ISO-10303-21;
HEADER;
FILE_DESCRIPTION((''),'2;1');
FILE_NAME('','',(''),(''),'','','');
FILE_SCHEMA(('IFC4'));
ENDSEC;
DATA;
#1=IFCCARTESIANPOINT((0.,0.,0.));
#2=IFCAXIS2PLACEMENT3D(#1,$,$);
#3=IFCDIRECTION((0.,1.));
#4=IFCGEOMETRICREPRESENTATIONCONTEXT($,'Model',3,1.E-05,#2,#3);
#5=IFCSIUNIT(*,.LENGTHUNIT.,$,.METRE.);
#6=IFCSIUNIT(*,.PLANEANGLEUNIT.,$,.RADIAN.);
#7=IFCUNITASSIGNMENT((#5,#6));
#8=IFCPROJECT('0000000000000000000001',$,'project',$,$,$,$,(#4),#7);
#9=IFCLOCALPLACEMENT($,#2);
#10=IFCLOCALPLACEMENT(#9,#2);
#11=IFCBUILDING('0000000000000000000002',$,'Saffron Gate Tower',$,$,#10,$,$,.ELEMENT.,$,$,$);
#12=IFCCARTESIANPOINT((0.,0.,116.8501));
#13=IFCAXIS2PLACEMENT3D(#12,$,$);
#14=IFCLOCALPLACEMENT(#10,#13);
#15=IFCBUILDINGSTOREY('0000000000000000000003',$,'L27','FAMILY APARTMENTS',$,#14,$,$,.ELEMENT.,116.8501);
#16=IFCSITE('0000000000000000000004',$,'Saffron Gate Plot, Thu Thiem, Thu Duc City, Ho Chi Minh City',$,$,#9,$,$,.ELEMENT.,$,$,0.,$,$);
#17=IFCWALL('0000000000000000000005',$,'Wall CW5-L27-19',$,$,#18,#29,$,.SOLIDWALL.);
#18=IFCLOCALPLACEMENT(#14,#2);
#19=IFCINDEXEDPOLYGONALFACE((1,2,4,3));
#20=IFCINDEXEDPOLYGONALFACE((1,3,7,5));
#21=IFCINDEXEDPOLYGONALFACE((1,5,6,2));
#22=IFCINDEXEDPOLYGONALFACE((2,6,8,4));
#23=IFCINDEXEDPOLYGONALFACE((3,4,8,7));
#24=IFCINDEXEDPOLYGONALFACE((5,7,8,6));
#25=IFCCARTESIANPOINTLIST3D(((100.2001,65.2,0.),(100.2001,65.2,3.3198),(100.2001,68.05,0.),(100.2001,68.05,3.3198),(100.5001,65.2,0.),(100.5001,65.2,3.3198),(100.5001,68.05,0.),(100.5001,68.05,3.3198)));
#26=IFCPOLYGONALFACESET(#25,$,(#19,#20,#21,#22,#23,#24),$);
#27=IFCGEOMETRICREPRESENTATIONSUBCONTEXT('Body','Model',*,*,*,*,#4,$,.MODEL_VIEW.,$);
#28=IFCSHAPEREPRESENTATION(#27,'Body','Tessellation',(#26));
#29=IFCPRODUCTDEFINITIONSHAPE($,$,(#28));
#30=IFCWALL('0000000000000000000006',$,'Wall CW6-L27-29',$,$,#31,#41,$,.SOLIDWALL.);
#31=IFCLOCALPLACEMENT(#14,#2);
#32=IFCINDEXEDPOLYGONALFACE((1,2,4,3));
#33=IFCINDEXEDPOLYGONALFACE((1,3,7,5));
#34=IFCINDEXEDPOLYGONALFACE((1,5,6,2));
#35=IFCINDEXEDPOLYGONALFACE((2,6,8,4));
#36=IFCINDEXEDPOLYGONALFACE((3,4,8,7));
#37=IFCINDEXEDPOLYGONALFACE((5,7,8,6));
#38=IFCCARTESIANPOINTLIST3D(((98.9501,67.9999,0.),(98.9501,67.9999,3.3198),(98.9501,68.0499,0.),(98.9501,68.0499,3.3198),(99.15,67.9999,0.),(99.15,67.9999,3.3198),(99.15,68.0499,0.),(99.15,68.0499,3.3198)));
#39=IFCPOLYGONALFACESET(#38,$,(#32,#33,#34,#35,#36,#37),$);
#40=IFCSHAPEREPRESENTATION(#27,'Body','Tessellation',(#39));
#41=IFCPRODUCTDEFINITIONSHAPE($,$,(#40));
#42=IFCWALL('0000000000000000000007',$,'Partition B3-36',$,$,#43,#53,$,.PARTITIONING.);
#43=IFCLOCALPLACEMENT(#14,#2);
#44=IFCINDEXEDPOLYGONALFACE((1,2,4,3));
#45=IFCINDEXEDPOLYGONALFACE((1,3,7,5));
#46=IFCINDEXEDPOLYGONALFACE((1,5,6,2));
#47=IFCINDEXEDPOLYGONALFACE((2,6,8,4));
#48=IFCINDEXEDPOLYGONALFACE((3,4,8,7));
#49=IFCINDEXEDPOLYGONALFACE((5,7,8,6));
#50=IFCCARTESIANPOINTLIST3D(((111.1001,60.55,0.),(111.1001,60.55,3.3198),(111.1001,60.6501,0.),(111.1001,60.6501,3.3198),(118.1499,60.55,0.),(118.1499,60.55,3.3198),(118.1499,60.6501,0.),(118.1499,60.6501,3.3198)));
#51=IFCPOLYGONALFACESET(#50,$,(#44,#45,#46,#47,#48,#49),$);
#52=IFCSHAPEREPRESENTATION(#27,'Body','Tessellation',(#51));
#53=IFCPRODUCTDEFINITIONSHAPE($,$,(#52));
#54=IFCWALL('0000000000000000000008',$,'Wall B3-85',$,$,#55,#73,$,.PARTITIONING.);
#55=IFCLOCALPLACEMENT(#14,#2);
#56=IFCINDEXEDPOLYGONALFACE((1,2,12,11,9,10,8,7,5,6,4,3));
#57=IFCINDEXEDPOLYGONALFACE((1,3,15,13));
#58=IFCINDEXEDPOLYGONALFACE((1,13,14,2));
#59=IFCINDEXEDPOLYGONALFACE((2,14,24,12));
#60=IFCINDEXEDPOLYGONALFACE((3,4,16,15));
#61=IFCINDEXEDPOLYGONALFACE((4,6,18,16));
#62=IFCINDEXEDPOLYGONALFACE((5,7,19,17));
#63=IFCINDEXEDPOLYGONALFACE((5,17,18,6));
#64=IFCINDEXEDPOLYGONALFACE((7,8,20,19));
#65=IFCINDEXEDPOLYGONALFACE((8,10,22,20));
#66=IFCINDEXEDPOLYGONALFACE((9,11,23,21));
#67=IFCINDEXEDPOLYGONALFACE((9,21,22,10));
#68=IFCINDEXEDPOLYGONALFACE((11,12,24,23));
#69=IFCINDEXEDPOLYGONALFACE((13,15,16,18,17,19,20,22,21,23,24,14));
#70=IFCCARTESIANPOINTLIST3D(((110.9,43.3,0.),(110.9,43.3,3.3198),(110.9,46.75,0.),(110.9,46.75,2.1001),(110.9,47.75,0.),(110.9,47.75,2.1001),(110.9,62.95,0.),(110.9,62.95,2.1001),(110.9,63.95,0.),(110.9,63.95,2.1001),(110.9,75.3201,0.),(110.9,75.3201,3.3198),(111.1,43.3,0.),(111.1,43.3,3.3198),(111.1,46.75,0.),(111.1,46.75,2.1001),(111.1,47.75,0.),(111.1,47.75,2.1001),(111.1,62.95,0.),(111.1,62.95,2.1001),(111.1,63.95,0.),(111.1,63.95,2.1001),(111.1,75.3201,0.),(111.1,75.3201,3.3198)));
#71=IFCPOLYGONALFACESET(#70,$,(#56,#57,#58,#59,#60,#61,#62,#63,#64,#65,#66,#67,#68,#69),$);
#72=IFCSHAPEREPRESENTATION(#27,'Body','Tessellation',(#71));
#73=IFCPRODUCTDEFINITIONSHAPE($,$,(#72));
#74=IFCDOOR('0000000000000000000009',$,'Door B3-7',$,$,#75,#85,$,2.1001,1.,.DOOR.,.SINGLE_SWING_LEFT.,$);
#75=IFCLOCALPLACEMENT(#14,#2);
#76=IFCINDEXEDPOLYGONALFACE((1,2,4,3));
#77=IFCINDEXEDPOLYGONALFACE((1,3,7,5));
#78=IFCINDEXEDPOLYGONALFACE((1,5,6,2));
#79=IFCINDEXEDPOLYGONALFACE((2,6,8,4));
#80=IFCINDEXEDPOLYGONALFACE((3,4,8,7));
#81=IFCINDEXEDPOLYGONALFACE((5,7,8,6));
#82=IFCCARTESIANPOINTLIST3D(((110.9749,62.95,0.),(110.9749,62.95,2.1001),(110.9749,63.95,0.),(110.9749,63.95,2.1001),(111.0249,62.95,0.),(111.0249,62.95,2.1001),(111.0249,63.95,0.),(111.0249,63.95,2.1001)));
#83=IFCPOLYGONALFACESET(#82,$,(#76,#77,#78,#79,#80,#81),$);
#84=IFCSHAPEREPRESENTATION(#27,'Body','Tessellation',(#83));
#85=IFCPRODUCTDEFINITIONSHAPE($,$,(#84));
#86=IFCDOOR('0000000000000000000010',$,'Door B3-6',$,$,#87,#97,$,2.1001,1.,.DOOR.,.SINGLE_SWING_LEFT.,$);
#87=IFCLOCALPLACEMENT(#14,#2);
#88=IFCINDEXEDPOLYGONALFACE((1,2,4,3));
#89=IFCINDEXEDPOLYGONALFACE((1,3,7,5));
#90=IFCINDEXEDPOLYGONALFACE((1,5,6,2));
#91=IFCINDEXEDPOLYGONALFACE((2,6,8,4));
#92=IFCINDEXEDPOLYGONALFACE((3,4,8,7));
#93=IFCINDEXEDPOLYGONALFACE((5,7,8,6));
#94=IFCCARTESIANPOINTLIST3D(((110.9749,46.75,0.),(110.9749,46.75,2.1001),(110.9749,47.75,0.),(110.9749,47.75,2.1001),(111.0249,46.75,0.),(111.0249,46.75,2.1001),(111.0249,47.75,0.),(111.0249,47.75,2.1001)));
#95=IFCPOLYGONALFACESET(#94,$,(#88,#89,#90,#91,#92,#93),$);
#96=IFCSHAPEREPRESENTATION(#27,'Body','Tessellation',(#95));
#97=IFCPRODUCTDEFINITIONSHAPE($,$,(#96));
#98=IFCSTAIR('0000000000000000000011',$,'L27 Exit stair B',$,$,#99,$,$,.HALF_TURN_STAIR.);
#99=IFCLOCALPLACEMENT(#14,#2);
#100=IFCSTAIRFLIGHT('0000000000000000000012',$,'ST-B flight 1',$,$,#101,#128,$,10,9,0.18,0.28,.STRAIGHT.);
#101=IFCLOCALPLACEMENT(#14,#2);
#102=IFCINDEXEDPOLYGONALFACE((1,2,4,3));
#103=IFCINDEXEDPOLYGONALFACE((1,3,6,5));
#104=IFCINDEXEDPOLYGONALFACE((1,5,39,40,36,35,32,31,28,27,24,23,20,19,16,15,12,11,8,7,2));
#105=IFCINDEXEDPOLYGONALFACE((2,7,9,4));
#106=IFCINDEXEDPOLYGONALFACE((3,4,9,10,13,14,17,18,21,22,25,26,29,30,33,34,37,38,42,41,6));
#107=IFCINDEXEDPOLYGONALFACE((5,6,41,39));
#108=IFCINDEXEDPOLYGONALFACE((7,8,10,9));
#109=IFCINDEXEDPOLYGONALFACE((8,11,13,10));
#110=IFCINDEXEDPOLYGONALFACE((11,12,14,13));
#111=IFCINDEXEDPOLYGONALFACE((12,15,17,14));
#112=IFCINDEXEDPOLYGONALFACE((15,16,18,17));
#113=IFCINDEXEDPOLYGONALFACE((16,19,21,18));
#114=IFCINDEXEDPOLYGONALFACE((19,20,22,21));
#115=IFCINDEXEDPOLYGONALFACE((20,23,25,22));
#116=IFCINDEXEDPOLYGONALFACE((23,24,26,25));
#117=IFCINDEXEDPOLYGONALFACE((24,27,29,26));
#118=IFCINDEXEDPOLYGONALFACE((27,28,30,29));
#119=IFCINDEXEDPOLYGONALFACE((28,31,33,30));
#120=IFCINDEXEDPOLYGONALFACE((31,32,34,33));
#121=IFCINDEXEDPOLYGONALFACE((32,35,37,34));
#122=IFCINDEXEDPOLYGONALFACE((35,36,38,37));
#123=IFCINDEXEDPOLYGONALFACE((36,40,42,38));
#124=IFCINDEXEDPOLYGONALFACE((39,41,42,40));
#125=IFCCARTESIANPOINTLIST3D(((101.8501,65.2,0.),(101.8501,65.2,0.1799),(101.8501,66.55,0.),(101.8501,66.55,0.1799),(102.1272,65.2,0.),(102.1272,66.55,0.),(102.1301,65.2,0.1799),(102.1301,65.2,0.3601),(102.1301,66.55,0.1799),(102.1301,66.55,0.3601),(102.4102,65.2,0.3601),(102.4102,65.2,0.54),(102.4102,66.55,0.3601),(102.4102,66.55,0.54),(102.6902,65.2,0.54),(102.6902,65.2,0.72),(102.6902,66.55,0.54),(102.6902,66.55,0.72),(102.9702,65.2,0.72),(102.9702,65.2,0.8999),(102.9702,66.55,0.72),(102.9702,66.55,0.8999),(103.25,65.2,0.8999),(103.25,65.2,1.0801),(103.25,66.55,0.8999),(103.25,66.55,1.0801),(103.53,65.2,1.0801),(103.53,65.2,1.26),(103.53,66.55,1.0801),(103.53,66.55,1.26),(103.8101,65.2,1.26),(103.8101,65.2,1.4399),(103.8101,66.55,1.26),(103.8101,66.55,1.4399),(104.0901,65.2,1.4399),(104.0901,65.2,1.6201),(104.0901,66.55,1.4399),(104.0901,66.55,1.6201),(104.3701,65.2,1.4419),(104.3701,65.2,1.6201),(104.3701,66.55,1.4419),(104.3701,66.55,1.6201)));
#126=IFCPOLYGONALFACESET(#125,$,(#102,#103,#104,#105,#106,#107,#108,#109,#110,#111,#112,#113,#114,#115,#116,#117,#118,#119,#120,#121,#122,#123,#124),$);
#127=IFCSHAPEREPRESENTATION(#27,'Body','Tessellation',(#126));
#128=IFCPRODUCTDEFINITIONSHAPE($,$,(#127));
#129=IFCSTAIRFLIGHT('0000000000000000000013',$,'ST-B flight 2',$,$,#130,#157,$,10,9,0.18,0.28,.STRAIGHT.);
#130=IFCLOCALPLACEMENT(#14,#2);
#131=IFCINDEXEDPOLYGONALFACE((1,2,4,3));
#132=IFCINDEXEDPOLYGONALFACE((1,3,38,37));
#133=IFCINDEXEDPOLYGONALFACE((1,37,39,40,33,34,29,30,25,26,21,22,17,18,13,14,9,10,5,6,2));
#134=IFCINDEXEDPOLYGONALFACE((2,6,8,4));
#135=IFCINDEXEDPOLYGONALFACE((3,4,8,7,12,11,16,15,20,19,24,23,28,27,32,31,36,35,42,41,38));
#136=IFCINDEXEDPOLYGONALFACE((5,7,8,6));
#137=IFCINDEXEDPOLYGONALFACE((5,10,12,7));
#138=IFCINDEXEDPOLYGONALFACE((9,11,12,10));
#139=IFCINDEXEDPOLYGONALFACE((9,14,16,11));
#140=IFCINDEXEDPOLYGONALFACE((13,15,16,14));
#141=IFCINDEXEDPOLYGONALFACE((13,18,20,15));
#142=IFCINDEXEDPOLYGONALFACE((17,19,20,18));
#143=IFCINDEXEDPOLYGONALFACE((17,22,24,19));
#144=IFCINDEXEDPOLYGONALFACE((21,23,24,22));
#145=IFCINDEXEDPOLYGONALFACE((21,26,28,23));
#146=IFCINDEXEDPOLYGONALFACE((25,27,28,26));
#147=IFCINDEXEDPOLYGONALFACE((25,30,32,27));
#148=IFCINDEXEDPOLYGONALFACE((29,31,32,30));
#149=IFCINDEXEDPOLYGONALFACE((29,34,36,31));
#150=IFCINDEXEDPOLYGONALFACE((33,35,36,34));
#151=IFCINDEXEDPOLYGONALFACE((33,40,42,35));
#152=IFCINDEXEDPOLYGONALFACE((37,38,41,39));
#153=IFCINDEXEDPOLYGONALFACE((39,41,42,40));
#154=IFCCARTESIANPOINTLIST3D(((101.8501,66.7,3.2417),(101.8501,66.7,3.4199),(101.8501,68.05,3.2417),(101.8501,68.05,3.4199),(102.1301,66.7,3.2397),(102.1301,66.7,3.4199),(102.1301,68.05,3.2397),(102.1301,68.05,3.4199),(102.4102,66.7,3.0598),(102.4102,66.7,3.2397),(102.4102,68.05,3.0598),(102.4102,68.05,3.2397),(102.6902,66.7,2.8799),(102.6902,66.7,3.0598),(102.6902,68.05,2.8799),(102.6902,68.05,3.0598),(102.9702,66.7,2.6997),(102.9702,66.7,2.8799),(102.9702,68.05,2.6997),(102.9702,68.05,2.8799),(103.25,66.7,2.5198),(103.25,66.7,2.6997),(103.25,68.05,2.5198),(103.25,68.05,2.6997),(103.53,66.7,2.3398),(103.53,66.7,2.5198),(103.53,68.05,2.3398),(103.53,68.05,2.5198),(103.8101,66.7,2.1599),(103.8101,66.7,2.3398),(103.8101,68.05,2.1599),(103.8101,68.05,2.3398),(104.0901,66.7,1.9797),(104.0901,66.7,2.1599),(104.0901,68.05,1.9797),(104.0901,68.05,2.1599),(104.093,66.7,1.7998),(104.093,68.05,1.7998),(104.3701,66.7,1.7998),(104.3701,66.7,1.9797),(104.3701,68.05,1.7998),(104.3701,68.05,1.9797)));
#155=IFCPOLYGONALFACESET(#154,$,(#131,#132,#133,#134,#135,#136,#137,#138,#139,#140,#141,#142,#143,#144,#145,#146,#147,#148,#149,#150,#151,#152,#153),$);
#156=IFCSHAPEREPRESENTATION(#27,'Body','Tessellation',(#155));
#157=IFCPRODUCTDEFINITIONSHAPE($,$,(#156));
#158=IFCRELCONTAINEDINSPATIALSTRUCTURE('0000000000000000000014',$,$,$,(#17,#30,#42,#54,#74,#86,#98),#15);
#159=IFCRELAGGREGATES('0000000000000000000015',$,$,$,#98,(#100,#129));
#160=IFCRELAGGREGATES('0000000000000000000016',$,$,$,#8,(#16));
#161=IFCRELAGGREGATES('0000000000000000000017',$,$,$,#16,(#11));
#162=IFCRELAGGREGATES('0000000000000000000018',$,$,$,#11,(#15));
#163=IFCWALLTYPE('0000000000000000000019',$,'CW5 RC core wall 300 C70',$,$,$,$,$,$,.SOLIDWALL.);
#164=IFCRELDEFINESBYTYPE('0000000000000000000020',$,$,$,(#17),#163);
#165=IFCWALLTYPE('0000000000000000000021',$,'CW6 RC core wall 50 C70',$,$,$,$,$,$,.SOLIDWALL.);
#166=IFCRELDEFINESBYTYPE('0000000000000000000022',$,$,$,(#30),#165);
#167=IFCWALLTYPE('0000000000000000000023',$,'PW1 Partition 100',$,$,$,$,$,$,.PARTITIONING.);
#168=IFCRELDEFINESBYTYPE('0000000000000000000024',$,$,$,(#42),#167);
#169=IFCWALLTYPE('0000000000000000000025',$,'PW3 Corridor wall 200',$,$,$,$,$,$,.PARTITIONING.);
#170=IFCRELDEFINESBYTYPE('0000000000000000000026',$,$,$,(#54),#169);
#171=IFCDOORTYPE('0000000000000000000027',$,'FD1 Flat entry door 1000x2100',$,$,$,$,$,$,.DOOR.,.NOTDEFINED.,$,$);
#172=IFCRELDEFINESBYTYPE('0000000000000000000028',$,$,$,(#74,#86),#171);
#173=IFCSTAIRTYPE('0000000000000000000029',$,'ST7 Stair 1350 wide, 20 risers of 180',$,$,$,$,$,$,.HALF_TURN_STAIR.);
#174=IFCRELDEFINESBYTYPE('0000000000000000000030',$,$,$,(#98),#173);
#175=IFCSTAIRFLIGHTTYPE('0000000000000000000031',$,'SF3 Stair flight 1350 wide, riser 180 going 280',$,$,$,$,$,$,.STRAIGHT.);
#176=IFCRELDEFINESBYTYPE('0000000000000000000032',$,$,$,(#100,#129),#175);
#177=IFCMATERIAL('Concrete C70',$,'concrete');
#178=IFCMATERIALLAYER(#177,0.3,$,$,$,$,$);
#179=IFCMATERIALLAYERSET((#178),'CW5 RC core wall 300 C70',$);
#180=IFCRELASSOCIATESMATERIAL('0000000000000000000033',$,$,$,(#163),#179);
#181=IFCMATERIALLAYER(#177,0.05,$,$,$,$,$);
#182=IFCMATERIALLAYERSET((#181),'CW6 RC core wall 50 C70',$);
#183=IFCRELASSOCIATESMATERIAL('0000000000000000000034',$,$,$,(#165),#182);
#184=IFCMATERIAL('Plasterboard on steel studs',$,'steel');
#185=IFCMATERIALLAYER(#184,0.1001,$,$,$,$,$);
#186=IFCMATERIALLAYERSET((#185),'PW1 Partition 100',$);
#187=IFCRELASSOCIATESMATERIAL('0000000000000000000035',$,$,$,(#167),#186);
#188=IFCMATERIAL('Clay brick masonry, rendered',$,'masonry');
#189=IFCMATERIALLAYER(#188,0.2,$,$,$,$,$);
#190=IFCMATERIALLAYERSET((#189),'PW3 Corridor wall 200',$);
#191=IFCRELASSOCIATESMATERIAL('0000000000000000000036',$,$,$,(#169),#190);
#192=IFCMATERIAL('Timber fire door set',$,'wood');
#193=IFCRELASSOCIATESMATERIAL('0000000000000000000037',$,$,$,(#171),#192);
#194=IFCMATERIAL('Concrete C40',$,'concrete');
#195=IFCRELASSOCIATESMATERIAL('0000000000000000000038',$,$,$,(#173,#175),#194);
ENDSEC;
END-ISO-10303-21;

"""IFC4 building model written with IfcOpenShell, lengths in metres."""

from ifc_helpers import new_model, si_unit, direction, frame, frame_2d, origin, place, context, subcontext, project, spatial, polyline, rectangle, outline, extrude, material, layer, layer_set, type_object, element, fill, aggregate, save


model = new_model("IFC4")

# Units and contexts
model_context = context("Model", 3, precision=1e-05, world=origin(), true_north=direction((0.0, 1.0)))
body_context = subcontext(model_context, "Body", "Model", "MODEL_VIEW")
ifc_project = project(units=[si_unit("LENGTHUNIT", "METRE"), si_unit("PLANEANGLEUNIT", "RADIAN")], contexts=[model_context])

# Site, building, storey
site_placement = place(None, origin())
site = spatial("IfcSite", under=ifc_project, at=site_placement, Name="Saffron Gate Plot, Thu Thiem, Thu Duc City, Ho Chi Minh City", CompositionType="ELEMENT", RefElevation=0.0)
building_placement = place(site_placement, origin())
building = spatial("IfcBuilding", under=site, at=building_placement, Name="Saffron Gate Tower", CompositionType="ELEMENT")
storey_placement = place(building_placement, frame((0.0, 0.0, 116.8501)))
storey = spatial("IfcBuildingStorey", under=building, at=storey_placement, Name="L27", Description="FAMILY APARTMENTS", CompositionType="ELEMENT", Elevation=116.8501)

# Shared definitions
ifc_material_1 = material(Name="Concrete C70", Category="concrete")

# Walls
ifc_layer_1 = layer(ifc_material_1, 0.3)
ifc_layer_set_1 = layer_set([ifc_layer_1], Name="CW5 RC core wall 300 C70")
wall_type_1 = type_object("IfcWallType", Name="CW5 RC core wall 300 C70", PredefinedType="SOLIDWALL", material=ifc_layer_set_1)
wall_1_placement = place(storey_placement, frame((100.3501, 65.2, 0.0), z_axis=(0.0, 0.0, 1.0), x_axis=(0.0, 1.0, 0.0)))
element("IfcWall", 1, at=wall_1_placement, inside=storey, type_object=wall_type_1, Name="Wall CW5-L27-19", PredefinedType="SOLIDWALL", context=body_context, shape_type="SweptSolid", body=[
    extrude(rectangle(XDim=2.8501, YDim=0.3, at=frame_2d((1.425, 0.0))), origin(), (0.0, 0.0, 1.0), 3.3198),
])
ifc_layer_2 = layer(ifc_material_1, 0.05)
ifc_layer_set_2 = layer_set([ifc_layer_2], Name="CW6 RC core wall 50 C70")
wall_type_2 = type_object("IfcWallType", Name="CW6 RC core wall 50 C70", PredefinedType="SOLIDWALL", material=ifc_layer_set_2)
wall_2_placement = place(storey_placement, frame((98.95, 68.0249, 0.0), z_axis=(0.0, 0.0, 1.0), x_axis=(1.0, 0.0, 0.0)))
element("IfcWall", 2, at=wall_2_placement, inside=storey, type_object=wall_type_2, Name="Wall CW6-L27-29", PredefinedType="SOLIDWALL", context=body_context, shape_type="SweptSolid", body=[
    extrude(rectangle(XDim=0.2, YDim=0.05, at=frame_2d((0.1001, 0.0))), origin(), (0.0, 0.0, 1.0), 3.3198),
])
ifc_material_2 = material(Name="Plasterboard on steel studs", Category="steel")
ifc_layer_3 = layer(ifc_material_2, 0.1001)
ifc_layer_set_3 = layer_set([ifc_layer_3], Name="PW1 Partition 100")
wall_type_3 = type_object("IfcWallType", Name="PW1 Partition 100", PredefinedType="PARTITIONING", material=ifc_layer_set_3)
wall_3_placement = place(storey_placement, frame((111.1001, 60.6001, 0.0), z_axis=(0.0, 0.0, 1.0), x_axis=(1.0, 0.0, 0.0)))
element("IfcWall", 3, at=wall_3_placement, inside=storey, type_object=wall_type_3, Name="Partition B3-36", PredefinedType="PARTITIONING", context=body_context, shape_type="SweptSolid", body=[
    extrude(rectangle(XDim=7.0498, YDim=0.1001, at=frame_2d((3.5249, 0.0))), origin(), (0.0, 0.0, 1.0), 3.3198),
])

# Wall, openings, doors
ifc_material_3 = material(Name="Clay brick masonry, rendered", Category="masonry")
ifc_layer_4 = layer(ifc_material_3, 0.2)
ifc_layer_set_4 = layer_set([ifc_layer_4], Name="PW3 Corridor wall 200")
wall_type_4 = type_object("IfcWallType", Name="PW3 Corridor wall 200", PredefinedType="PARTITIONING", material=ifc_layer_set_4)
wall_4_placement = place(storey_placement, frame((111.0, 75.3201, 0.0), z_axis=(0.0, 0.0, 1.0), x_axis=(0.0, -1.0, 0.0)))
wall_4 = element("IfcWall", 4, at=wall_4_placement, inside=storey, type_object=wall_type_4, Name="Wall B3-85", PredefinedType="PARTITIONING", context=body_context, shape_type="SweptSolid", body=[
    extrude(rectangle(XDim=32.02, YDim=0.2, at=frame_2d((16.01, 0.0))), origin(), (0.0, 0.0, 1.0), 3.3198),
])
opening_1_placement = place(wall_4_placement, frame((11.3701, 0.0, 0.0)))
opening_1 = element("IfcOpeningElement", 5, at=opening_1_placement, cuts=wall_4, PredefinedType="OPENING", context=body_context, shape_type="SweptSolid", body=[
    extrude(rectangle(XDim=1.0, YDim=2.1001, at=frame_2d((0.5, 1.05))), frame((0.0, 0.1099, 0.0), z_axis=(0.0, -1.0, 0.0), x_axis=(1.0, 0.0, 0.0)), (0.0, 0.0, 1.0), 0.22),
])
opening_2_placement = place(wall_4_placement, frame((27.5701, 0.0, 0.0)))
opening_2 = element("IfcOpeningElement", 6, at=opening_2_placement, cuts=wall_4, PredefinedType="OPENING", context=body_context, shape_type="SweptSolid", body=[
    extrude(rectangle(XDim=1.0, YDim=2.1001, at=frame_2d((0.5, 1.05))), frame((0.0, 0.1099, 0.0), z_axis=(0.0, -1.0, 0.0), x_axis=(1.0, 0.0, 0.0)), (0.0, 0.0, 1.0), 0.22),
])
ifc_material_4 = material(Name="Timber fire door set", Category="wood")
door_type_1 = type_object("IfcDoorType", Name="FD1 Flat entry door 1000x2100", OperationType="NOTDEFINED", PredefinedType="DOOR", material=ifc_material_4)
door_1_placement = place(opening_1_placement, origin())
door_1 = element("IfcDoor", 7, at=door_1_placement, inside=storey, type_object=door_type_1, Name="Door B3-7", OperationType="SINGLE_SWING_LEFT", OverallHeight=2.1001, OverallWidth=1.0, PredefinedType="DOOR", context=body_context, shape_type="SweptSolid", body=[
    extrude(rectangle(XDim=1.0, YDim=2.1001, at=frame_2d((0.5, 1.05))), frame((0.0, 0.0249, 0.0), z_axis=(0.0, -1.0, 0.0), x_axis=(1.0, 0.0, 0.0)), (0.0, 0.0, 1.0), 0.05),
])
fill(opening_1, door_1)
door_2_placement = place(opening_2_placement, origin())
door_2 = element("IfcDoor", 8, at=door_2_placement, inside=storey, type_object=door_type_1, Name="Door B3-6", OperationType="SINGLE_SWING_LEFT", OverallHeight=2.1001, OverallWidth=1.0, PredefinedType="DOOR", context=body_context, shape_type="SweptSolid", body=[
    extrude(rectangle(XDim=1.0, YDim=2.1001, at=frame_2d((0.5, 1.05))), frame((0.0, 0.0249, 0.0), z_axis=(0.0, -1.0, 0.0), x_axis=(1.0, 0.0, 0.0)), (0.0, 0.0, 1.0), 0.05),
])
fill(opening_2, door_2)

# Stair, stair flights
ifc_material_5 = material(Name="Concrete C40", Category="concrete")
stair_type = type_object("IfcStairType", Name="ST7 Stair 1350 wide, 20 risers of 180", PredefinedType="HALF_TURN_STAIR", material=ifc_material_5)
stair_placement = place(storey_placement, origin())
stair = element("IfcStair", 9, at=stair_placement, inside=storey, type_object=stair_type, Name="L27 Exit stair B", PredefinedType="HALF_TURN_STAIR")
stair_flight_type = type_object("IfcStairFlightType", Name="SF3 Stair flight 1350 wide, riser 180 going 280", PredefinedType="STRAIGHT", material=ifc_material_5)
stair_flight_1_placement = place(storey_placement, frame((101.8501, 65.875, 0.0), z_axis=(0.0, 0.0, 1.0), x_axis=(1.0, 0.0, 0.0)))
stair_flight_1 = element("IfcStairFlight", 10, at=stair_flight_1_placement, type_object=stair_flight_type, Name="ST-B flight 1", NumberOfRisers=10, NumberOfTreads=9, PredefinedType="STRAIGHT", RiserHeight=0.18, TreadLength=0.28, context=body_context, shape_type="SweptSolid", body=[
    extrude(outline(polyline([(0.0, 0.0), (0.0, 0.1799), (0.28, 0.1799), (0.28, 0.3601), (0.5601, 0.3601), (0.5601, 0.54), (0.8401, 0.54), (0.8401, 0.72), (1.1201, 0.72), (1.1201, 0.8999), (1.3999, 0.8999), (1.3999, 1.0801), (1.6799, 1.0801), (1.6799, 1.26), (1.96, 1.26), (1.96, 1.4399), (2.24, 1.4399), (2.24, 1.6201), (2.52, 1.6201), (2.52, 1.8), (2.52, 1.4419), (0.2771, 0.0), (0.0, 0.0)])), frame((0.0, 0.675, 0.0), z_axis=(0.0, -1.0, 0.0), x_axis=(1.0, 0.0, 0.0)), (0.0, 0.0, 1.0), 1.3501),
])
stair_flight_2_placement = place(storey_placement, frame((104.3701, 67.375, 1.7998), z_axis=(0.0, 0.0, 1.0), x_axis=(-1.0, 0.0, 0.0)))
stair_flight_2 = element("IfcStairFlight", 11, at=stair_flight_2_placement, type_object=stair_flight_type, Name="ST-B flight 2", NumberOfRisers=10, NumberOfTreads=9, PredefinedType="STRAIGHT", RiserHeight=0.18, TreadLength=0.28, context=body_context, shape_type="SweptSolid", body=[
    extrude(outline(polyline([(0.0, 0.0), (0.0, 0.1799), (0.28, 0.1799), (0.28, 0.3601), (0.5601, 0.3601), (0.5601, 0.54), (0.8401, 0.54), (0.8401, 0.72), (1.1201, 0.72), (1.1201, 0.8999), (1.3999, 0.8999), (1.3999, 1.0801), (1.6799, 1.0801), (1.6799, 1.26), (1.96, 1.26), (1.96, 1.4399), (2.24, 1.4399), (2.24, 1.6201), (2.52, 1.6201), (2.52, 1.8), (2.52, 1.4419), (0.2771, 0.0), (0.0, 0.0)])), frame((0.0, 0.675, 0.0), z_axis=(0.0, -1.0, 0.0), x_axis=(1.0, 0.0, 0.0)), (0.0, 0.0, 1.0), 1.3501),
])
aggregate(stair, [stair_flight_1, stair_flight_2])

save(model, "model.ifc")
